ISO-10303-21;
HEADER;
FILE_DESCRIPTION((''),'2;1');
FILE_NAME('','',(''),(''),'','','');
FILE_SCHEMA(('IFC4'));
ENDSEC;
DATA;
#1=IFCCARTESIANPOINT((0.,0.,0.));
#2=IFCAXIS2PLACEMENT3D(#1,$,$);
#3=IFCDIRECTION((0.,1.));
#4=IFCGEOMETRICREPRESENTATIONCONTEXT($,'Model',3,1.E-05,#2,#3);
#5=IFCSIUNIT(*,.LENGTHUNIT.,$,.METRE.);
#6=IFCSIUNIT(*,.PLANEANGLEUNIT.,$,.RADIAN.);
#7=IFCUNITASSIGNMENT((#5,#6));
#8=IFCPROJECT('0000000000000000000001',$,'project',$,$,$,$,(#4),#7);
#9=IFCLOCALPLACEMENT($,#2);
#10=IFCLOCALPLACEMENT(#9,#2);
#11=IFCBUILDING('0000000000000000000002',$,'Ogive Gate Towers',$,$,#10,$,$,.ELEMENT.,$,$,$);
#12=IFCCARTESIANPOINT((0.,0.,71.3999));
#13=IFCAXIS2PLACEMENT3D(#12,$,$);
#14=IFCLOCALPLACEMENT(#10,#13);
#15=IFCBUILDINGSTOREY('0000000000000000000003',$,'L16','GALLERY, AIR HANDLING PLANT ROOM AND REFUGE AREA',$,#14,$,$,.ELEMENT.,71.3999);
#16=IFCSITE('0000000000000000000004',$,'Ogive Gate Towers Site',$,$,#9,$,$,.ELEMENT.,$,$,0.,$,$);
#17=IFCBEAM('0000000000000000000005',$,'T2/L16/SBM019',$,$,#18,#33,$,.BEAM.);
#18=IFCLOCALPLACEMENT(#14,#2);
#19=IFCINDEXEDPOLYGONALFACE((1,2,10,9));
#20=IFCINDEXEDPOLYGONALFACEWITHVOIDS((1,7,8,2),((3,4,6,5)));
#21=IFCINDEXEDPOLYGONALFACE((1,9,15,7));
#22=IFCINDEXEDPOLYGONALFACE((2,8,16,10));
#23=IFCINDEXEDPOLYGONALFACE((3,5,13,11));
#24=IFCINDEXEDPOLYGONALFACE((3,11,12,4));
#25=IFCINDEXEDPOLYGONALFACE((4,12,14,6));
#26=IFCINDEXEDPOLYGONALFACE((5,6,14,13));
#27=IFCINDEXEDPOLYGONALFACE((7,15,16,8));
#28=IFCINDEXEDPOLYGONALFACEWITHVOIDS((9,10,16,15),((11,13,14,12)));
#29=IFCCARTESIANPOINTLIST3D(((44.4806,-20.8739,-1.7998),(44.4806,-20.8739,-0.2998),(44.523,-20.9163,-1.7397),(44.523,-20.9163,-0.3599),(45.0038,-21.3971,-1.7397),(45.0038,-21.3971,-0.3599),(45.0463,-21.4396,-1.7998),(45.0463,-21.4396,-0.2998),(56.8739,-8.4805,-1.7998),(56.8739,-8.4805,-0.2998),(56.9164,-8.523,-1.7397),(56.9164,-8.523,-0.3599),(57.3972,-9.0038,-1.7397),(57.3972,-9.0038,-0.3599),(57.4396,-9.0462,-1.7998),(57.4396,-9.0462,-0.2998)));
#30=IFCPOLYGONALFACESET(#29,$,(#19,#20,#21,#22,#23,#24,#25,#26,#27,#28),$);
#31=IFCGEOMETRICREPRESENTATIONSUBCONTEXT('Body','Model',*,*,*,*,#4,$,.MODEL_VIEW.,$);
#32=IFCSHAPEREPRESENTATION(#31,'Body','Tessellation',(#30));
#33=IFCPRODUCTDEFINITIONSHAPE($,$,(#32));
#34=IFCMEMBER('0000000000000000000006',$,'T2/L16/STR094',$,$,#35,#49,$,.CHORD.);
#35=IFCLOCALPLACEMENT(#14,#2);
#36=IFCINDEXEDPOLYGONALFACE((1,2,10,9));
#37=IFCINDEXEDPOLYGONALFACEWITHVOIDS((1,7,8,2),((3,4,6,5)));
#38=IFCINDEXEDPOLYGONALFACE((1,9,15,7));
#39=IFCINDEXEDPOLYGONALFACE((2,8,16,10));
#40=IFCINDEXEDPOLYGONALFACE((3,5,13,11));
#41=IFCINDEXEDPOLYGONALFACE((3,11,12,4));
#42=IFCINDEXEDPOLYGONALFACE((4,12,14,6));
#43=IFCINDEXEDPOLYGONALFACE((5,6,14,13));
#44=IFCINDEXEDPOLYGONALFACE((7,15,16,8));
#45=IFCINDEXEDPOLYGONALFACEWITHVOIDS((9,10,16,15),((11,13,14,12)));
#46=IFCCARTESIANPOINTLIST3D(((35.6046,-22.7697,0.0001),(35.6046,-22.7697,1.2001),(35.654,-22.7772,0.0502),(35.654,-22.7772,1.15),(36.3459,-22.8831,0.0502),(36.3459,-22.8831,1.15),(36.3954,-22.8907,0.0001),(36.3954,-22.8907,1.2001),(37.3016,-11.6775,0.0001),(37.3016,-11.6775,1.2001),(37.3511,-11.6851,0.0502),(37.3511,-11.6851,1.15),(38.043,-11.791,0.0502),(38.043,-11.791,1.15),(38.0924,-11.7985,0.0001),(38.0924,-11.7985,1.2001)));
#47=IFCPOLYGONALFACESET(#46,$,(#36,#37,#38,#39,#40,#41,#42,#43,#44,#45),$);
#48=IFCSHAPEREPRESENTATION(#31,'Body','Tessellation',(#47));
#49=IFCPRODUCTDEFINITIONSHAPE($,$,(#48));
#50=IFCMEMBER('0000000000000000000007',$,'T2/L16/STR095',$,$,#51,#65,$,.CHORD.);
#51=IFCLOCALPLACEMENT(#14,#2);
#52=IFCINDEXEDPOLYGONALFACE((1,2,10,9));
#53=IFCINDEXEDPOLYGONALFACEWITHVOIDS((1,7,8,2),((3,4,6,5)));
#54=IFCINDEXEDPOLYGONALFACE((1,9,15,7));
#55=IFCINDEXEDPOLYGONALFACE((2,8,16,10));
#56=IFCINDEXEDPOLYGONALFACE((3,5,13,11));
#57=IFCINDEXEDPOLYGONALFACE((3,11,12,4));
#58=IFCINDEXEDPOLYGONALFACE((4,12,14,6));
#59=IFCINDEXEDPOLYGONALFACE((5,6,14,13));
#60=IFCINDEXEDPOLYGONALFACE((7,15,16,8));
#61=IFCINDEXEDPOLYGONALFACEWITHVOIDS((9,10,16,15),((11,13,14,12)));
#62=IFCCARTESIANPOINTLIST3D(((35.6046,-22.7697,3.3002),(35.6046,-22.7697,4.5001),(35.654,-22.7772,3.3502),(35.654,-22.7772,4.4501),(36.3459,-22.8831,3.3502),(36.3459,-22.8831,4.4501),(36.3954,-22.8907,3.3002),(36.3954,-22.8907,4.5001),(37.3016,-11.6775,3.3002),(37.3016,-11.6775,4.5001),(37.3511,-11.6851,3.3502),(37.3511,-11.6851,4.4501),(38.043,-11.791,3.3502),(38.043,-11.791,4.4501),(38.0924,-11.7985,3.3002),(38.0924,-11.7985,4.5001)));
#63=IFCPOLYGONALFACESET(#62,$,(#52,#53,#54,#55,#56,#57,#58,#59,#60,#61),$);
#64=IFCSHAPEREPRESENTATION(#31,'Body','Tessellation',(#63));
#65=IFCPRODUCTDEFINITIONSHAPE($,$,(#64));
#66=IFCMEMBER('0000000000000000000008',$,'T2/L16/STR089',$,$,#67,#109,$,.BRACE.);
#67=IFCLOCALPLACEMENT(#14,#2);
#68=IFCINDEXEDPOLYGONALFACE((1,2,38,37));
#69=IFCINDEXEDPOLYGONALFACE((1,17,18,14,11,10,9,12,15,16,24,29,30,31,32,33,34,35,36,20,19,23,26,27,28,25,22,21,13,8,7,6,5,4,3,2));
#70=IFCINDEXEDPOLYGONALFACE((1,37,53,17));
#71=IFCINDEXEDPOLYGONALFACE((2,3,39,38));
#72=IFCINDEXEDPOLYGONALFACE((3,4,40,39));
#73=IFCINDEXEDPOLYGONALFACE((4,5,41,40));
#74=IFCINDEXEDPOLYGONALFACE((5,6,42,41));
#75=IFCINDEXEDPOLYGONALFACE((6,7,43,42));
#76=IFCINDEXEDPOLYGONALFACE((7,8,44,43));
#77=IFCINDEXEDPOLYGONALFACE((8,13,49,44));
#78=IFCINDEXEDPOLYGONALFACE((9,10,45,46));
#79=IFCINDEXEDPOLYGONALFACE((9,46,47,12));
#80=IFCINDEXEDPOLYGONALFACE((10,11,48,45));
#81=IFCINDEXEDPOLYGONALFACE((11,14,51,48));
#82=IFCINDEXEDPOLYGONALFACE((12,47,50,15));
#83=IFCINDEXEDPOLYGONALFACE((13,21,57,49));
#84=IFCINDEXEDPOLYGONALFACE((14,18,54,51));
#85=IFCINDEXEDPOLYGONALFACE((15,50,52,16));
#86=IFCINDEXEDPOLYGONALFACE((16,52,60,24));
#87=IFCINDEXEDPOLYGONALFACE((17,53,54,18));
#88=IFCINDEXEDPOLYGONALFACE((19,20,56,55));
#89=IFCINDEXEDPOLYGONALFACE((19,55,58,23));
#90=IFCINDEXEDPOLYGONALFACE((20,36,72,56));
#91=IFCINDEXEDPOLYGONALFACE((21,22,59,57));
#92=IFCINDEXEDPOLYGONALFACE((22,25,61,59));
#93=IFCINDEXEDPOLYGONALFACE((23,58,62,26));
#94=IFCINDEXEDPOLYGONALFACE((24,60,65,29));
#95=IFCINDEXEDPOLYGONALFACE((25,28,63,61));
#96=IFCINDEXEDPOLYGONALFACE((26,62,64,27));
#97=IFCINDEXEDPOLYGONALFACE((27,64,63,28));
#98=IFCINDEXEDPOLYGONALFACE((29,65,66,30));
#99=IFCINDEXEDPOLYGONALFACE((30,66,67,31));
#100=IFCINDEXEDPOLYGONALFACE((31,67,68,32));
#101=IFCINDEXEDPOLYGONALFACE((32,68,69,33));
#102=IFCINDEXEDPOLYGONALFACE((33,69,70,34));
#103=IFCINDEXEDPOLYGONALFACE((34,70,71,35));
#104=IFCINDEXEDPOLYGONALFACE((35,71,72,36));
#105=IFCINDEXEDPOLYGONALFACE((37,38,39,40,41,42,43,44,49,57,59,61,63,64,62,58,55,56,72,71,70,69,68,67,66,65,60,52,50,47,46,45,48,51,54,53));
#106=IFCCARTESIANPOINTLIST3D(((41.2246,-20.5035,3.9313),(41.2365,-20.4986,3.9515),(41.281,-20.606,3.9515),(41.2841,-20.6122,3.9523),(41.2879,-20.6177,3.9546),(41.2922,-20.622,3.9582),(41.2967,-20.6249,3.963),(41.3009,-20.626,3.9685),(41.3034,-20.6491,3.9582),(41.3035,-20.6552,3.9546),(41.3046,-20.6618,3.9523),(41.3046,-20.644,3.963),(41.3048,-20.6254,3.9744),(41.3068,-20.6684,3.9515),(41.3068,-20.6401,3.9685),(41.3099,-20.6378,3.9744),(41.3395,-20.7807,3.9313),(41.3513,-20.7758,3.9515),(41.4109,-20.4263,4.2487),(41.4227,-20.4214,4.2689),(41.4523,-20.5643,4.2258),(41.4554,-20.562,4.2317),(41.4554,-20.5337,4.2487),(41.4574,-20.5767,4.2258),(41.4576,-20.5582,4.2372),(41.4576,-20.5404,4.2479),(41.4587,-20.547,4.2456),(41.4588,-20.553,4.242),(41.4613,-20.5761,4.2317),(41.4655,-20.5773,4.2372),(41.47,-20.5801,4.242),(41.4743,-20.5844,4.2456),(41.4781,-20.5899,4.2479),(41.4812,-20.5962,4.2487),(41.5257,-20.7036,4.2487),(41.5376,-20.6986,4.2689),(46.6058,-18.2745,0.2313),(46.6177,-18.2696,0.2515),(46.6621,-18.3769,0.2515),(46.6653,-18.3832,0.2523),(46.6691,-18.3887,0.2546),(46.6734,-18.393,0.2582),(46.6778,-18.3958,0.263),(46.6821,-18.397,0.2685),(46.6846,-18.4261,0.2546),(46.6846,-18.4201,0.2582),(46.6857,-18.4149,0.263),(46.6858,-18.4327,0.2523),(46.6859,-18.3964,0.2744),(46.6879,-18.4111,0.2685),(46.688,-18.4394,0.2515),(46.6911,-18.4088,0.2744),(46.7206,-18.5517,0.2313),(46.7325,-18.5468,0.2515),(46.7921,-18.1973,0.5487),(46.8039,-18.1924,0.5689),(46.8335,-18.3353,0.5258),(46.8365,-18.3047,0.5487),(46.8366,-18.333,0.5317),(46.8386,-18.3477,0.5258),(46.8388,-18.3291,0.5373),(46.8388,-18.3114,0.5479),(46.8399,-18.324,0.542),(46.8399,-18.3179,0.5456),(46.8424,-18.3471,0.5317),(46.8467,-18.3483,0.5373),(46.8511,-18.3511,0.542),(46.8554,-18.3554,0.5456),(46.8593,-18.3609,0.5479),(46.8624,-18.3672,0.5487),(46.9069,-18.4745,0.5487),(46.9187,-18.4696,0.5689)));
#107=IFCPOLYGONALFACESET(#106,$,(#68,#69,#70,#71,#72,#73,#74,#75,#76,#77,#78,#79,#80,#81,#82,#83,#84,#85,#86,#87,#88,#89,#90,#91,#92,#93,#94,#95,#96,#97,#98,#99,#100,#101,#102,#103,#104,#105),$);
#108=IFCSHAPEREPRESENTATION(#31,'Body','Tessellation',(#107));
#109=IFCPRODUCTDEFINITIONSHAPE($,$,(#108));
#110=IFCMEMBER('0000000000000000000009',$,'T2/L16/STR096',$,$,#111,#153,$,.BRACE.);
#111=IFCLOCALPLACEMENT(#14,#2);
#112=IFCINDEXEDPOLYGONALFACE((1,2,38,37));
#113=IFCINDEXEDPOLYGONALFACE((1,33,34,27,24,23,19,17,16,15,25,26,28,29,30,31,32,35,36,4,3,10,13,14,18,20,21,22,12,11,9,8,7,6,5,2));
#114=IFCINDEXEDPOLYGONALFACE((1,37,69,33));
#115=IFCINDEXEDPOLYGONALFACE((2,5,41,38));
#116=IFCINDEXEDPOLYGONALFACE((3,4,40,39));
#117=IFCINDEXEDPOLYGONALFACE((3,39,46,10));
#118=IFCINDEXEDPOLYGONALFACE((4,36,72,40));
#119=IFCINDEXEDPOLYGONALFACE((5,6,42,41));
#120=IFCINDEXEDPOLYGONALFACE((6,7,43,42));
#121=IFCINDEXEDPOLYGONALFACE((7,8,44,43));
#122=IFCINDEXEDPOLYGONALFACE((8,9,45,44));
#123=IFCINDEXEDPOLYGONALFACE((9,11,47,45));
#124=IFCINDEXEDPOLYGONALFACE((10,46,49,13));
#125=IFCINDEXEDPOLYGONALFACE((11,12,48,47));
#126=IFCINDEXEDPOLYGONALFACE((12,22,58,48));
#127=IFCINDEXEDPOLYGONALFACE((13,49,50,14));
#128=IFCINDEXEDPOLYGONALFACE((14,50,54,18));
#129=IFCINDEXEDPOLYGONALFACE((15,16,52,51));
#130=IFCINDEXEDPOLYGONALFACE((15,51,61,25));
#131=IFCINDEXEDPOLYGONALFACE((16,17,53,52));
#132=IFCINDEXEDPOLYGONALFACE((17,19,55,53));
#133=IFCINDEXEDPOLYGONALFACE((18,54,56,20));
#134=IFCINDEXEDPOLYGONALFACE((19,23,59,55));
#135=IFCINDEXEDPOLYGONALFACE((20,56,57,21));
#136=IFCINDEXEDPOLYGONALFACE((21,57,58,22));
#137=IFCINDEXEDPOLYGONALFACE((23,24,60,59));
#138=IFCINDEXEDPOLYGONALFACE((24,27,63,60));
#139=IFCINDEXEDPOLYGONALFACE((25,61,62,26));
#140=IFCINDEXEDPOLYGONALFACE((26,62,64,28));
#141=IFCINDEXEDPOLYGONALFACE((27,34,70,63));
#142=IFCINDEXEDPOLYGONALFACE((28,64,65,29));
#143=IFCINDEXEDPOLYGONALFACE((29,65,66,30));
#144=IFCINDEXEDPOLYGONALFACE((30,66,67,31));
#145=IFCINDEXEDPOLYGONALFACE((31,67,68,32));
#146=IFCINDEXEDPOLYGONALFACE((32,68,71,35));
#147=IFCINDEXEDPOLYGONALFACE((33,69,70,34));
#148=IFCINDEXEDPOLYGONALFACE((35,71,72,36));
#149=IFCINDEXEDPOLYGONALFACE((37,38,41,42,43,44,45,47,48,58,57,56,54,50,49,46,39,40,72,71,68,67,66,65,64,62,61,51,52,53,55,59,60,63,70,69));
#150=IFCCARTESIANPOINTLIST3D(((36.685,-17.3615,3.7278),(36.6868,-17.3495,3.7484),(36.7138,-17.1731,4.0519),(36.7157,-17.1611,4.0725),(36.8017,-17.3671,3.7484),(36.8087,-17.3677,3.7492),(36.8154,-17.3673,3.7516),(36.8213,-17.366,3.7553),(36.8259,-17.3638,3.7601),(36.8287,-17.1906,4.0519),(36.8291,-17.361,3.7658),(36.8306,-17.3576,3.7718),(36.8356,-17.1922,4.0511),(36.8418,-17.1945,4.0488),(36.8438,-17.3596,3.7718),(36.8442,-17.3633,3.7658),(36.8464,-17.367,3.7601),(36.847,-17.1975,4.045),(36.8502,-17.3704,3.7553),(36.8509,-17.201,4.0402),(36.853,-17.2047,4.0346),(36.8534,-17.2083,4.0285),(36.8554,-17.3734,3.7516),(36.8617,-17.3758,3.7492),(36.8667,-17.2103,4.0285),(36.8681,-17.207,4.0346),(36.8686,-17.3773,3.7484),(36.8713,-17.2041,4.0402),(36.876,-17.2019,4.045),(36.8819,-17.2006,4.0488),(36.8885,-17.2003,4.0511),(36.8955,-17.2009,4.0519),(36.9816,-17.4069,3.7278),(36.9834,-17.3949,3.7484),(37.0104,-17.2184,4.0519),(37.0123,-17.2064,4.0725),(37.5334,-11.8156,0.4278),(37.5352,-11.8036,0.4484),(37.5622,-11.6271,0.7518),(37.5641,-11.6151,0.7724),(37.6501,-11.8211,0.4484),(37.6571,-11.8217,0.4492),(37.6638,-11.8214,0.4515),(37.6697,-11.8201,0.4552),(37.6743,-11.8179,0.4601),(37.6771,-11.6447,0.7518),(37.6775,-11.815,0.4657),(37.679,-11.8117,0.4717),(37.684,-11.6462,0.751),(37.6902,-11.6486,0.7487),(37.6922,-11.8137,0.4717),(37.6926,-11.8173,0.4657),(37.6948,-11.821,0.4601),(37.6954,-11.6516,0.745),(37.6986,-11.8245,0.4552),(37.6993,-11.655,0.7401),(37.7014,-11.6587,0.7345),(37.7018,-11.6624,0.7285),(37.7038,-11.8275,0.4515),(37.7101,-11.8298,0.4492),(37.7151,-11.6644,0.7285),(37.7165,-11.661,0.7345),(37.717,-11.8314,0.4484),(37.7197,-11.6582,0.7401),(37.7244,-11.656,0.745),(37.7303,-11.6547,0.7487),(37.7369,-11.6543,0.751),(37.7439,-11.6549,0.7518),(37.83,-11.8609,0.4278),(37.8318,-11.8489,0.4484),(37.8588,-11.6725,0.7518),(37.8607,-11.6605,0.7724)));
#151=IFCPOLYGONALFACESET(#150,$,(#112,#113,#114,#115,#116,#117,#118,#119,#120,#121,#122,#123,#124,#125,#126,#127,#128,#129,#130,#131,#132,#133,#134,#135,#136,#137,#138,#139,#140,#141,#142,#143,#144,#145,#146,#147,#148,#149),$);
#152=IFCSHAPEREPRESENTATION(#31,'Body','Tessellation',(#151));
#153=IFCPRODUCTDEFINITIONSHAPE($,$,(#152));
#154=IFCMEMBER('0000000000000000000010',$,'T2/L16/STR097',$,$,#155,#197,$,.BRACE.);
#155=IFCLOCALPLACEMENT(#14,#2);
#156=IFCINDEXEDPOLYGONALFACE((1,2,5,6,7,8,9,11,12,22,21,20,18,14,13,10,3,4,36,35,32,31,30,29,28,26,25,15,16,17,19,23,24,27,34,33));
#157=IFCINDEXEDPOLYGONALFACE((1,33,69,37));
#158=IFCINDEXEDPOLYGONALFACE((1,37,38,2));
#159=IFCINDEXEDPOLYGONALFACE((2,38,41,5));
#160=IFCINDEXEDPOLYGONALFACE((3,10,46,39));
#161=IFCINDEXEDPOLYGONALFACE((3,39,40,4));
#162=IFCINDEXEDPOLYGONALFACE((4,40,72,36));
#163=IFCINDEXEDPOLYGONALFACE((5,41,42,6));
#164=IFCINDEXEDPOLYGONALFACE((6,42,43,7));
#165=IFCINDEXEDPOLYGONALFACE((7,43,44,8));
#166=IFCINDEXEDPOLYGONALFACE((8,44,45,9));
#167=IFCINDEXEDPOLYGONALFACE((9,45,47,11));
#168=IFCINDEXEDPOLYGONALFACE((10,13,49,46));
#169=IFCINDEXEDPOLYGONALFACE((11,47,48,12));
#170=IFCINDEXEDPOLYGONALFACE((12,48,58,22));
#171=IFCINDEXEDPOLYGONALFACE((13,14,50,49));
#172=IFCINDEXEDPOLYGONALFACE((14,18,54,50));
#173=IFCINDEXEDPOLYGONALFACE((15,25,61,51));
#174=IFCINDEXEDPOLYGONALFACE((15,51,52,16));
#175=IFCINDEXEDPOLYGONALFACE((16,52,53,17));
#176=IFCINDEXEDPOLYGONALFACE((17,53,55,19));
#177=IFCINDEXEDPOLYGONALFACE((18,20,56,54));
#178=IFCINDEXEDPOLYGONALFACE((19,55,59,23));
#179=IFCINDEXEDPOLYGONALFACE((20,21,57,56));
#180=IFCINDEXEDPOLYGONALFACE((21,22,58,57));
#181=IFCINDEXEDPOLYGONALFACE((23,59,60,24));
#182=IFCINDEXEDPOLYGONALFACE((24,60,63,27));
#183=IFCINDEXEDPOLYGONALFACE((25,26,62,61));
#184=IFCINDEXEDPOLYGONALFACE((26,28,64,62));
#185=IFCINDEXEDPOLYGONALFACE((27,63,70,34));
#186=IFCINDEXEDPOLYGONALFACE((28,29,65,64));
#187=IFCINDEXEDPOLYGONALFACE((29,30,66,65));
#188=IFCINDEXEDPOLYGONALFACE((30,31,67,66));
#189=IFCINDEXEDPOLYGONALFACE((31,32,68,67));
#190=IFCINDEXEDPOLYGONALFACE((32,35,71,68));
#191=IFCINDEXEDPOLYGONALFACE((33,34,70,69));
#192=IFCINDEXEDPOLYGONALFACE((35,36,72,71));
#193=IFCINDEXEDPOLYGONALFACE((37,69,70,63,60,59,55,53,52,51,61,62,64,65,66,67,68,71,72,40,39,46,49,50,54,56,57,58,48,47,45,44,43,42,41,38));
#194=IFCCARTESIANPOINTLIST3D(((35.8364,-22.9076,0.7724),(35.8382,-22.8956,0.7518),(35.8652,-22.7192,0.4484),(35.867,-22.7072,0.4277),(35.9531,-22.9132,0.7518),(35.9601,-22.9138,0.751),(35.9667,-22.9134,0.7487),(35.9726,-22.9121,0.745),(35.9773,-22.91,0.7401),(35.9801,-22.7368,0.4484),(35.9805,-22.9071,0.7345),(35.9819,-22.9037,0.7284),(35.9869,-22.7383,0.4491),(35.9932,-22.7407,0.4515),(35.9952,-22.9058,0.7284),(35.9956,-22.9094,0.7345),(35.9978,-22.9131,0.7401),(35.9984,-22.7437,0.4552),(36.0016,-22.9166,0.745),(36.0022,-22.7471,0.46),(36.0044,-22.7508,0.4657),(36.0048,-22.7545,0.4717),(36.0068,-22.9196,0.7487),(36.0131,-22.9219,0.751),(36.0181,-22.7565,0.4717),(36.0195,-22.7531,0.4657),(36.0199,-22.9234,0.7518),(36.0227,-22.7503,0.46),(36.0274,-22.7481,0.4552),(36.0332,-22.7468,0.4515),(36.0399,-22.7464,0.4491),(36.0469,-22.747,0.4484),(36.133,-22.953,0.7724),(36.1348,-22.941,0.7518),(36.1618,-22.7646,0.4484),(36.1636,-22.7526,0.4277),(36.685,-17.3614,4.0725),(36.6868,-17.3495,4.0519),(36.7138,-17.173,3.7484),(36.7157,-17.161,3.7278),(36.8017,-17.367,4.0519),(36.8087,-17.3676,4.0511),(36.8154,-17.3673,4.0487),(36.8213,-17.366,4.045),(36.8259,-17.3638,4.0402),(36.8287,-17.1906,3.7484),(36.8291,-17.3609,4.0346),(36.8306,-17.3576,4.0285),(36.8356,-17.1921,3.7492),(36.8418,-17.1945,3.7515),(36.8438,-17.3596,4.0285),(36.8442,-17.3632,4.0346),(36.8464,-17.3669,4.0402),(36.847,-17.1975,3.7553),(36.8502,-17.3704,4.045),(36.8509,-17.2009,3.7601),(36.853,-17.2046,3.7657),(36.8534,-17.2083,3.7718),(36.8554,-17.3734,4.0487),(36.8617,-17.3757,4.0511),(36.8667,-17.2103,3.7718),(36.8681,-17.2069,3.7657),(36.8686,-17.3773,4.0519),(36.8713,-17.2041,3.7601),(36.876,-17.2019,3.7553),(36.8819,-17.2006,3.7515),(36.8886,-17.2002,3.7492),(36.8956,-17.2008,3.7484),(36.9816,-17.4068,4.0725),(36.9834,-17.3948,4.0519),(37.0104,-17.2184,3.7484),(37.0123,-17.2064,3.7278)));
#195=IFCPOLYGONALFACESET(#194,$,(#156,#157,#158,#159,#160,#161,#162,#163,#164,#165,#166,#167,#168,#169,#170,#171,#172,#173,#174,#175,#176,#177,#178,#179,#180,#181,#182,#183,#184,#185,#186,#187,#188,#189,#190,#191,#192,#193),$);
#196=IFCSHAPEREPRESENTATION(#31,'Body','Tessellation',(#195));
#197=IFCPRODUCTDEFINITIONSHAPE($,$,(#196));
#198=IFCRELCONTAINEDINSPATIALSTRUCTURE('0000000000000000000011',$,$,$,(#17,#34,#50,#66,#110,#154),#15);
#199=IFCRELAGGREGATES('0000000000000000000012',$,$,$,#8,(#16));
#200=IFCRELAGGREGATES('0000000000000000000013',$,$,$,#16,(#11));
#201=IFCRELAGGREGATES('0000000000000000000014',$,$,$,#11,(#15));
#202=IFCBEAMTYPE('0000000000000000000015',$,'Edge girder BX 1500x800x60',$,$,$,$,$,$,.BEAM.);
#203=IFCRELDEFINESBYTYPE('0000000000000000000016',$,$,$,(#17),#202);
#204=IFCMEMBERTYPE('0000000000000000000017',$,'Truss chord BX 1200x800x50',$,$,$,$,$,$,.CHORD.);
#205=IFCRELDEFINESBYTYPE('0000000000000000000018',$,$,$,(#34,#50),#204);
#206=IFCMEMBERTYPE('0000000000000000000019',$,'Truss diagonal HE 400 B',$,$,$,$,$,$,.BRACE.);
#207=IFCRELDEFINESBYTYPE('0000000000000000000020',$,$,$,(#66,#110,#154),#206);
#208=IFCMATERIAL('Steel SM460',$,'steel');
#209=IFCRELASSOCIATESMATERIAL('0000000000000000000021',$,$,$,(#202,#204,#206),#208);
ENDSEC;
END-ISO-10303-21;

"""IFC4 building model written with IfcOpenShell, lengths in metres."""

from ifc_helpers import new_model, si_unit, direction, frame, origin, origin_2d, place, context, subcontext, project, spatial, hollow_rectangle, i_section, extrude, material, material_profile, profile_set, type_object, element, save


model = new_model("IFC4")

# Units and contexts
model_context = context("Model", 3, precision=1e-05, world=origin(), true_north=direction((0.0, 1.0)))
body_context = subcontext(model_context, "Body", "Model", "MODEL_VIEW")
ifc_project = project(units=[si_unit("LENGTHUNIT", "METRE"), si_unit("PLANEANGLEUNIT", "RADIAN")], contexts=[model_context])

# Site, building, storey
site_placement = place(None, origin())
site = spatial("IfcSite", under=ifc_project, at=site_placement, Name="Ogive Gate Towers Site", CompositionType="ELEMENT", RefElevation=0.0)
building_placement = place(site_placement, origin())
building = spatial("IfcBuilding", under=site, at=building_placement, Name="Ogive Gate Towers", CompositionType="ELEMENT")
storey_placement = place(building_placement, frame((0.0, 0.0, 71.3999)))
storey = spatial("IfcBuildingStorey", under=building, at=storey_placement, Name="L16", Description="GALLERY, AIR HANDLING PLANT ROOM AND REFUGE AREA", CompositionType="ELEMENT", Elevation=71.3999)

# Beam
ifc_material_1 = material(Name="Steel SM460", Category="steel")
ifc_material_profile_1 = material_profile(ifc_material_1, hollow_rectangle(XDim=0.8, YDim=1.5, WallThickness=0.0601, at=origin_2d()), Name="BX 1500x800x60")
ifc_profile_set_1 = profile_set([ifc_material_profile_1], Name="Steel SM460")
beam_type = type_object("IfcBeamType", Name="Edge girder BX 1500x800x60", PredefinedType="BEAM", material=ifc_profile_set_1)
beam_placement = place(storey_placement, frame((44.7634, -21.1567, -1.0498), z_axis=(0.707107, 0.707107, 0.0), x_axis=(-0.707107, 0.707107, 0.0)))
element("IfcBeam", 1, at=beam_placement, inside=storey, type_object=beam_type, Name="T2/L16/SBM019", PredefinedType="BEAM", context=body_context, shape_type="SweptSolid", body=[
    extrude(hollow_rectangle(XDim=0.8, YDim=1.5, WallThickness=0.0601, at=origin_2d()), origin(), (0.0, 0.0, 1.0), 17.5269),
])

# Members
ifc_material_profile_2 = material_profile(ifc_material_1, hollow_rectangle(XDim=0.8, YDim=1.2, WallThickness=0.05, at=origin_2d()), Name="BX 1200x800x50")
ifc_profile_set_2 = profile_set([ifc_material_profile_2], Name="Steel SM460")
member_type_1 = type_object("IfcMemberType", Name="Truss chord BX 1200x800x50", PredefinedType="CHORD", material=ifc_profile_set_2)
for number, where, z_axis, x_axis, name in (
    (2, (37.697, -11.738, 0.6001), (-0.151235, -0.988498, 0.0), (0.988498, -0.151235, 0.0), "T2/L16/STR094"),
    (3, (37.697, -11.738, 3.9001), (-0.151235, -0.988498, 0.0), (0.988498, -0.151235, 0.0), "T2/L16/STR095"),
):
    element("IfcMember", number, at=place(storey_placement, frame(where, z_axis=z_axis, x_axis=x_axis)), inside=storey, type_object=member_type_1, Name=name, PredefinedType="CHORD", context=body_context, shape_type="SweptSolid", body=[
        extrude(hollow_rectangle(XDim=0.8, YDim=1.2, WallThickness=0.05, at=origin_2d()), origin(), (0.0, 0.0, 1.0), 11.2212),
    ])
ifc_material_profile_3 = material_profile(ifc_material_1, i_section(OverallWidth=0.3, OverallDepth=0.3999, WebThickness=0.0134, FlangeThickness=0.0239, FilletRadius=0.0271, at=origin_2d()), Name="HE 400 B")
ifc_profile_set_3 = profile_set([ifc_material_profile_3], Name="Steel SM460")
member_type_2 = type_object("IfcMemberType", Name="Truss diagonal HE 400 B", PredefinedType="BRACE", material=ifc_profile_set_3)
member_1_placement = place(storey_placement, frame((41.3811, -20.6011, 4.1001), z_axis=(0.779834, 0.323029, -0.5362), x_axis=(-0.382695, 0.923875, 0.0)))
element("IfcMember", 4, at=member_1_placement, inside=storey, type_object=member_type_2, Name="T2/L16/STR089", PredefinedType="BRACE", context=body_context, shape_type="SweptSolid", body=[
    extrude(i_section(OverallWidth=0.3, OverallDepth=0.3999, WebThickness=0.0134, FlangeThickness=0.0239, FilletRadius=0.0271, at=origin_2d()), origin(), (0.0, 0.0, 1.0), 6.9004),
])
member_2_placement = place(storey_placement, frame((37.697, -11.738, 0.6001), z_axis=(-0.130341, -0.852035, 0.506998), x_axis=(0.988501, -0.151217, 0.0)))
element("IfcMember", 5, at=member_2_placement, inside=storey, type_object=member_type_2, Name="T2/L16/STR096", PredefinedType="BRACE", context=body_context, shape_type="SweptSolid", body=[
    extrude(i_section(OverallWidth=0.3, OverallDepth=0.3999, WebThickness=0.0134, FlangeThickness=0.0239, FilletRadius=0.0271, at=origin_2d()), origin(), (0.0, 0.0, 1.0), 6.509),
])
member_3_placement = place(storey_placement, frame((36.8486, -17.2839, 3.9001), z_axis=(-0.130374, -0.852042, -0.506979), x_axis=(0.988495, -0.151253, 0.0)))
element("IfcMember", 6, at=member_3_placement, inside=storey, type_object=member_type_2, Name="T2/L16/STR097", PredefinedType="BRACE", context=body_context, shape_type="SweptSolid", body=[
    extrude(i_section(OverallWidth=0.3, OverallDepth=0.3999, WebThickness=0.0134, FlangeThickness=0.0239, FilletRadius=0.0271, at=origin_2d()), origin(), (0.0, 0.0, 1.0), 6.5093),
])

save(model, "model.ifc")
